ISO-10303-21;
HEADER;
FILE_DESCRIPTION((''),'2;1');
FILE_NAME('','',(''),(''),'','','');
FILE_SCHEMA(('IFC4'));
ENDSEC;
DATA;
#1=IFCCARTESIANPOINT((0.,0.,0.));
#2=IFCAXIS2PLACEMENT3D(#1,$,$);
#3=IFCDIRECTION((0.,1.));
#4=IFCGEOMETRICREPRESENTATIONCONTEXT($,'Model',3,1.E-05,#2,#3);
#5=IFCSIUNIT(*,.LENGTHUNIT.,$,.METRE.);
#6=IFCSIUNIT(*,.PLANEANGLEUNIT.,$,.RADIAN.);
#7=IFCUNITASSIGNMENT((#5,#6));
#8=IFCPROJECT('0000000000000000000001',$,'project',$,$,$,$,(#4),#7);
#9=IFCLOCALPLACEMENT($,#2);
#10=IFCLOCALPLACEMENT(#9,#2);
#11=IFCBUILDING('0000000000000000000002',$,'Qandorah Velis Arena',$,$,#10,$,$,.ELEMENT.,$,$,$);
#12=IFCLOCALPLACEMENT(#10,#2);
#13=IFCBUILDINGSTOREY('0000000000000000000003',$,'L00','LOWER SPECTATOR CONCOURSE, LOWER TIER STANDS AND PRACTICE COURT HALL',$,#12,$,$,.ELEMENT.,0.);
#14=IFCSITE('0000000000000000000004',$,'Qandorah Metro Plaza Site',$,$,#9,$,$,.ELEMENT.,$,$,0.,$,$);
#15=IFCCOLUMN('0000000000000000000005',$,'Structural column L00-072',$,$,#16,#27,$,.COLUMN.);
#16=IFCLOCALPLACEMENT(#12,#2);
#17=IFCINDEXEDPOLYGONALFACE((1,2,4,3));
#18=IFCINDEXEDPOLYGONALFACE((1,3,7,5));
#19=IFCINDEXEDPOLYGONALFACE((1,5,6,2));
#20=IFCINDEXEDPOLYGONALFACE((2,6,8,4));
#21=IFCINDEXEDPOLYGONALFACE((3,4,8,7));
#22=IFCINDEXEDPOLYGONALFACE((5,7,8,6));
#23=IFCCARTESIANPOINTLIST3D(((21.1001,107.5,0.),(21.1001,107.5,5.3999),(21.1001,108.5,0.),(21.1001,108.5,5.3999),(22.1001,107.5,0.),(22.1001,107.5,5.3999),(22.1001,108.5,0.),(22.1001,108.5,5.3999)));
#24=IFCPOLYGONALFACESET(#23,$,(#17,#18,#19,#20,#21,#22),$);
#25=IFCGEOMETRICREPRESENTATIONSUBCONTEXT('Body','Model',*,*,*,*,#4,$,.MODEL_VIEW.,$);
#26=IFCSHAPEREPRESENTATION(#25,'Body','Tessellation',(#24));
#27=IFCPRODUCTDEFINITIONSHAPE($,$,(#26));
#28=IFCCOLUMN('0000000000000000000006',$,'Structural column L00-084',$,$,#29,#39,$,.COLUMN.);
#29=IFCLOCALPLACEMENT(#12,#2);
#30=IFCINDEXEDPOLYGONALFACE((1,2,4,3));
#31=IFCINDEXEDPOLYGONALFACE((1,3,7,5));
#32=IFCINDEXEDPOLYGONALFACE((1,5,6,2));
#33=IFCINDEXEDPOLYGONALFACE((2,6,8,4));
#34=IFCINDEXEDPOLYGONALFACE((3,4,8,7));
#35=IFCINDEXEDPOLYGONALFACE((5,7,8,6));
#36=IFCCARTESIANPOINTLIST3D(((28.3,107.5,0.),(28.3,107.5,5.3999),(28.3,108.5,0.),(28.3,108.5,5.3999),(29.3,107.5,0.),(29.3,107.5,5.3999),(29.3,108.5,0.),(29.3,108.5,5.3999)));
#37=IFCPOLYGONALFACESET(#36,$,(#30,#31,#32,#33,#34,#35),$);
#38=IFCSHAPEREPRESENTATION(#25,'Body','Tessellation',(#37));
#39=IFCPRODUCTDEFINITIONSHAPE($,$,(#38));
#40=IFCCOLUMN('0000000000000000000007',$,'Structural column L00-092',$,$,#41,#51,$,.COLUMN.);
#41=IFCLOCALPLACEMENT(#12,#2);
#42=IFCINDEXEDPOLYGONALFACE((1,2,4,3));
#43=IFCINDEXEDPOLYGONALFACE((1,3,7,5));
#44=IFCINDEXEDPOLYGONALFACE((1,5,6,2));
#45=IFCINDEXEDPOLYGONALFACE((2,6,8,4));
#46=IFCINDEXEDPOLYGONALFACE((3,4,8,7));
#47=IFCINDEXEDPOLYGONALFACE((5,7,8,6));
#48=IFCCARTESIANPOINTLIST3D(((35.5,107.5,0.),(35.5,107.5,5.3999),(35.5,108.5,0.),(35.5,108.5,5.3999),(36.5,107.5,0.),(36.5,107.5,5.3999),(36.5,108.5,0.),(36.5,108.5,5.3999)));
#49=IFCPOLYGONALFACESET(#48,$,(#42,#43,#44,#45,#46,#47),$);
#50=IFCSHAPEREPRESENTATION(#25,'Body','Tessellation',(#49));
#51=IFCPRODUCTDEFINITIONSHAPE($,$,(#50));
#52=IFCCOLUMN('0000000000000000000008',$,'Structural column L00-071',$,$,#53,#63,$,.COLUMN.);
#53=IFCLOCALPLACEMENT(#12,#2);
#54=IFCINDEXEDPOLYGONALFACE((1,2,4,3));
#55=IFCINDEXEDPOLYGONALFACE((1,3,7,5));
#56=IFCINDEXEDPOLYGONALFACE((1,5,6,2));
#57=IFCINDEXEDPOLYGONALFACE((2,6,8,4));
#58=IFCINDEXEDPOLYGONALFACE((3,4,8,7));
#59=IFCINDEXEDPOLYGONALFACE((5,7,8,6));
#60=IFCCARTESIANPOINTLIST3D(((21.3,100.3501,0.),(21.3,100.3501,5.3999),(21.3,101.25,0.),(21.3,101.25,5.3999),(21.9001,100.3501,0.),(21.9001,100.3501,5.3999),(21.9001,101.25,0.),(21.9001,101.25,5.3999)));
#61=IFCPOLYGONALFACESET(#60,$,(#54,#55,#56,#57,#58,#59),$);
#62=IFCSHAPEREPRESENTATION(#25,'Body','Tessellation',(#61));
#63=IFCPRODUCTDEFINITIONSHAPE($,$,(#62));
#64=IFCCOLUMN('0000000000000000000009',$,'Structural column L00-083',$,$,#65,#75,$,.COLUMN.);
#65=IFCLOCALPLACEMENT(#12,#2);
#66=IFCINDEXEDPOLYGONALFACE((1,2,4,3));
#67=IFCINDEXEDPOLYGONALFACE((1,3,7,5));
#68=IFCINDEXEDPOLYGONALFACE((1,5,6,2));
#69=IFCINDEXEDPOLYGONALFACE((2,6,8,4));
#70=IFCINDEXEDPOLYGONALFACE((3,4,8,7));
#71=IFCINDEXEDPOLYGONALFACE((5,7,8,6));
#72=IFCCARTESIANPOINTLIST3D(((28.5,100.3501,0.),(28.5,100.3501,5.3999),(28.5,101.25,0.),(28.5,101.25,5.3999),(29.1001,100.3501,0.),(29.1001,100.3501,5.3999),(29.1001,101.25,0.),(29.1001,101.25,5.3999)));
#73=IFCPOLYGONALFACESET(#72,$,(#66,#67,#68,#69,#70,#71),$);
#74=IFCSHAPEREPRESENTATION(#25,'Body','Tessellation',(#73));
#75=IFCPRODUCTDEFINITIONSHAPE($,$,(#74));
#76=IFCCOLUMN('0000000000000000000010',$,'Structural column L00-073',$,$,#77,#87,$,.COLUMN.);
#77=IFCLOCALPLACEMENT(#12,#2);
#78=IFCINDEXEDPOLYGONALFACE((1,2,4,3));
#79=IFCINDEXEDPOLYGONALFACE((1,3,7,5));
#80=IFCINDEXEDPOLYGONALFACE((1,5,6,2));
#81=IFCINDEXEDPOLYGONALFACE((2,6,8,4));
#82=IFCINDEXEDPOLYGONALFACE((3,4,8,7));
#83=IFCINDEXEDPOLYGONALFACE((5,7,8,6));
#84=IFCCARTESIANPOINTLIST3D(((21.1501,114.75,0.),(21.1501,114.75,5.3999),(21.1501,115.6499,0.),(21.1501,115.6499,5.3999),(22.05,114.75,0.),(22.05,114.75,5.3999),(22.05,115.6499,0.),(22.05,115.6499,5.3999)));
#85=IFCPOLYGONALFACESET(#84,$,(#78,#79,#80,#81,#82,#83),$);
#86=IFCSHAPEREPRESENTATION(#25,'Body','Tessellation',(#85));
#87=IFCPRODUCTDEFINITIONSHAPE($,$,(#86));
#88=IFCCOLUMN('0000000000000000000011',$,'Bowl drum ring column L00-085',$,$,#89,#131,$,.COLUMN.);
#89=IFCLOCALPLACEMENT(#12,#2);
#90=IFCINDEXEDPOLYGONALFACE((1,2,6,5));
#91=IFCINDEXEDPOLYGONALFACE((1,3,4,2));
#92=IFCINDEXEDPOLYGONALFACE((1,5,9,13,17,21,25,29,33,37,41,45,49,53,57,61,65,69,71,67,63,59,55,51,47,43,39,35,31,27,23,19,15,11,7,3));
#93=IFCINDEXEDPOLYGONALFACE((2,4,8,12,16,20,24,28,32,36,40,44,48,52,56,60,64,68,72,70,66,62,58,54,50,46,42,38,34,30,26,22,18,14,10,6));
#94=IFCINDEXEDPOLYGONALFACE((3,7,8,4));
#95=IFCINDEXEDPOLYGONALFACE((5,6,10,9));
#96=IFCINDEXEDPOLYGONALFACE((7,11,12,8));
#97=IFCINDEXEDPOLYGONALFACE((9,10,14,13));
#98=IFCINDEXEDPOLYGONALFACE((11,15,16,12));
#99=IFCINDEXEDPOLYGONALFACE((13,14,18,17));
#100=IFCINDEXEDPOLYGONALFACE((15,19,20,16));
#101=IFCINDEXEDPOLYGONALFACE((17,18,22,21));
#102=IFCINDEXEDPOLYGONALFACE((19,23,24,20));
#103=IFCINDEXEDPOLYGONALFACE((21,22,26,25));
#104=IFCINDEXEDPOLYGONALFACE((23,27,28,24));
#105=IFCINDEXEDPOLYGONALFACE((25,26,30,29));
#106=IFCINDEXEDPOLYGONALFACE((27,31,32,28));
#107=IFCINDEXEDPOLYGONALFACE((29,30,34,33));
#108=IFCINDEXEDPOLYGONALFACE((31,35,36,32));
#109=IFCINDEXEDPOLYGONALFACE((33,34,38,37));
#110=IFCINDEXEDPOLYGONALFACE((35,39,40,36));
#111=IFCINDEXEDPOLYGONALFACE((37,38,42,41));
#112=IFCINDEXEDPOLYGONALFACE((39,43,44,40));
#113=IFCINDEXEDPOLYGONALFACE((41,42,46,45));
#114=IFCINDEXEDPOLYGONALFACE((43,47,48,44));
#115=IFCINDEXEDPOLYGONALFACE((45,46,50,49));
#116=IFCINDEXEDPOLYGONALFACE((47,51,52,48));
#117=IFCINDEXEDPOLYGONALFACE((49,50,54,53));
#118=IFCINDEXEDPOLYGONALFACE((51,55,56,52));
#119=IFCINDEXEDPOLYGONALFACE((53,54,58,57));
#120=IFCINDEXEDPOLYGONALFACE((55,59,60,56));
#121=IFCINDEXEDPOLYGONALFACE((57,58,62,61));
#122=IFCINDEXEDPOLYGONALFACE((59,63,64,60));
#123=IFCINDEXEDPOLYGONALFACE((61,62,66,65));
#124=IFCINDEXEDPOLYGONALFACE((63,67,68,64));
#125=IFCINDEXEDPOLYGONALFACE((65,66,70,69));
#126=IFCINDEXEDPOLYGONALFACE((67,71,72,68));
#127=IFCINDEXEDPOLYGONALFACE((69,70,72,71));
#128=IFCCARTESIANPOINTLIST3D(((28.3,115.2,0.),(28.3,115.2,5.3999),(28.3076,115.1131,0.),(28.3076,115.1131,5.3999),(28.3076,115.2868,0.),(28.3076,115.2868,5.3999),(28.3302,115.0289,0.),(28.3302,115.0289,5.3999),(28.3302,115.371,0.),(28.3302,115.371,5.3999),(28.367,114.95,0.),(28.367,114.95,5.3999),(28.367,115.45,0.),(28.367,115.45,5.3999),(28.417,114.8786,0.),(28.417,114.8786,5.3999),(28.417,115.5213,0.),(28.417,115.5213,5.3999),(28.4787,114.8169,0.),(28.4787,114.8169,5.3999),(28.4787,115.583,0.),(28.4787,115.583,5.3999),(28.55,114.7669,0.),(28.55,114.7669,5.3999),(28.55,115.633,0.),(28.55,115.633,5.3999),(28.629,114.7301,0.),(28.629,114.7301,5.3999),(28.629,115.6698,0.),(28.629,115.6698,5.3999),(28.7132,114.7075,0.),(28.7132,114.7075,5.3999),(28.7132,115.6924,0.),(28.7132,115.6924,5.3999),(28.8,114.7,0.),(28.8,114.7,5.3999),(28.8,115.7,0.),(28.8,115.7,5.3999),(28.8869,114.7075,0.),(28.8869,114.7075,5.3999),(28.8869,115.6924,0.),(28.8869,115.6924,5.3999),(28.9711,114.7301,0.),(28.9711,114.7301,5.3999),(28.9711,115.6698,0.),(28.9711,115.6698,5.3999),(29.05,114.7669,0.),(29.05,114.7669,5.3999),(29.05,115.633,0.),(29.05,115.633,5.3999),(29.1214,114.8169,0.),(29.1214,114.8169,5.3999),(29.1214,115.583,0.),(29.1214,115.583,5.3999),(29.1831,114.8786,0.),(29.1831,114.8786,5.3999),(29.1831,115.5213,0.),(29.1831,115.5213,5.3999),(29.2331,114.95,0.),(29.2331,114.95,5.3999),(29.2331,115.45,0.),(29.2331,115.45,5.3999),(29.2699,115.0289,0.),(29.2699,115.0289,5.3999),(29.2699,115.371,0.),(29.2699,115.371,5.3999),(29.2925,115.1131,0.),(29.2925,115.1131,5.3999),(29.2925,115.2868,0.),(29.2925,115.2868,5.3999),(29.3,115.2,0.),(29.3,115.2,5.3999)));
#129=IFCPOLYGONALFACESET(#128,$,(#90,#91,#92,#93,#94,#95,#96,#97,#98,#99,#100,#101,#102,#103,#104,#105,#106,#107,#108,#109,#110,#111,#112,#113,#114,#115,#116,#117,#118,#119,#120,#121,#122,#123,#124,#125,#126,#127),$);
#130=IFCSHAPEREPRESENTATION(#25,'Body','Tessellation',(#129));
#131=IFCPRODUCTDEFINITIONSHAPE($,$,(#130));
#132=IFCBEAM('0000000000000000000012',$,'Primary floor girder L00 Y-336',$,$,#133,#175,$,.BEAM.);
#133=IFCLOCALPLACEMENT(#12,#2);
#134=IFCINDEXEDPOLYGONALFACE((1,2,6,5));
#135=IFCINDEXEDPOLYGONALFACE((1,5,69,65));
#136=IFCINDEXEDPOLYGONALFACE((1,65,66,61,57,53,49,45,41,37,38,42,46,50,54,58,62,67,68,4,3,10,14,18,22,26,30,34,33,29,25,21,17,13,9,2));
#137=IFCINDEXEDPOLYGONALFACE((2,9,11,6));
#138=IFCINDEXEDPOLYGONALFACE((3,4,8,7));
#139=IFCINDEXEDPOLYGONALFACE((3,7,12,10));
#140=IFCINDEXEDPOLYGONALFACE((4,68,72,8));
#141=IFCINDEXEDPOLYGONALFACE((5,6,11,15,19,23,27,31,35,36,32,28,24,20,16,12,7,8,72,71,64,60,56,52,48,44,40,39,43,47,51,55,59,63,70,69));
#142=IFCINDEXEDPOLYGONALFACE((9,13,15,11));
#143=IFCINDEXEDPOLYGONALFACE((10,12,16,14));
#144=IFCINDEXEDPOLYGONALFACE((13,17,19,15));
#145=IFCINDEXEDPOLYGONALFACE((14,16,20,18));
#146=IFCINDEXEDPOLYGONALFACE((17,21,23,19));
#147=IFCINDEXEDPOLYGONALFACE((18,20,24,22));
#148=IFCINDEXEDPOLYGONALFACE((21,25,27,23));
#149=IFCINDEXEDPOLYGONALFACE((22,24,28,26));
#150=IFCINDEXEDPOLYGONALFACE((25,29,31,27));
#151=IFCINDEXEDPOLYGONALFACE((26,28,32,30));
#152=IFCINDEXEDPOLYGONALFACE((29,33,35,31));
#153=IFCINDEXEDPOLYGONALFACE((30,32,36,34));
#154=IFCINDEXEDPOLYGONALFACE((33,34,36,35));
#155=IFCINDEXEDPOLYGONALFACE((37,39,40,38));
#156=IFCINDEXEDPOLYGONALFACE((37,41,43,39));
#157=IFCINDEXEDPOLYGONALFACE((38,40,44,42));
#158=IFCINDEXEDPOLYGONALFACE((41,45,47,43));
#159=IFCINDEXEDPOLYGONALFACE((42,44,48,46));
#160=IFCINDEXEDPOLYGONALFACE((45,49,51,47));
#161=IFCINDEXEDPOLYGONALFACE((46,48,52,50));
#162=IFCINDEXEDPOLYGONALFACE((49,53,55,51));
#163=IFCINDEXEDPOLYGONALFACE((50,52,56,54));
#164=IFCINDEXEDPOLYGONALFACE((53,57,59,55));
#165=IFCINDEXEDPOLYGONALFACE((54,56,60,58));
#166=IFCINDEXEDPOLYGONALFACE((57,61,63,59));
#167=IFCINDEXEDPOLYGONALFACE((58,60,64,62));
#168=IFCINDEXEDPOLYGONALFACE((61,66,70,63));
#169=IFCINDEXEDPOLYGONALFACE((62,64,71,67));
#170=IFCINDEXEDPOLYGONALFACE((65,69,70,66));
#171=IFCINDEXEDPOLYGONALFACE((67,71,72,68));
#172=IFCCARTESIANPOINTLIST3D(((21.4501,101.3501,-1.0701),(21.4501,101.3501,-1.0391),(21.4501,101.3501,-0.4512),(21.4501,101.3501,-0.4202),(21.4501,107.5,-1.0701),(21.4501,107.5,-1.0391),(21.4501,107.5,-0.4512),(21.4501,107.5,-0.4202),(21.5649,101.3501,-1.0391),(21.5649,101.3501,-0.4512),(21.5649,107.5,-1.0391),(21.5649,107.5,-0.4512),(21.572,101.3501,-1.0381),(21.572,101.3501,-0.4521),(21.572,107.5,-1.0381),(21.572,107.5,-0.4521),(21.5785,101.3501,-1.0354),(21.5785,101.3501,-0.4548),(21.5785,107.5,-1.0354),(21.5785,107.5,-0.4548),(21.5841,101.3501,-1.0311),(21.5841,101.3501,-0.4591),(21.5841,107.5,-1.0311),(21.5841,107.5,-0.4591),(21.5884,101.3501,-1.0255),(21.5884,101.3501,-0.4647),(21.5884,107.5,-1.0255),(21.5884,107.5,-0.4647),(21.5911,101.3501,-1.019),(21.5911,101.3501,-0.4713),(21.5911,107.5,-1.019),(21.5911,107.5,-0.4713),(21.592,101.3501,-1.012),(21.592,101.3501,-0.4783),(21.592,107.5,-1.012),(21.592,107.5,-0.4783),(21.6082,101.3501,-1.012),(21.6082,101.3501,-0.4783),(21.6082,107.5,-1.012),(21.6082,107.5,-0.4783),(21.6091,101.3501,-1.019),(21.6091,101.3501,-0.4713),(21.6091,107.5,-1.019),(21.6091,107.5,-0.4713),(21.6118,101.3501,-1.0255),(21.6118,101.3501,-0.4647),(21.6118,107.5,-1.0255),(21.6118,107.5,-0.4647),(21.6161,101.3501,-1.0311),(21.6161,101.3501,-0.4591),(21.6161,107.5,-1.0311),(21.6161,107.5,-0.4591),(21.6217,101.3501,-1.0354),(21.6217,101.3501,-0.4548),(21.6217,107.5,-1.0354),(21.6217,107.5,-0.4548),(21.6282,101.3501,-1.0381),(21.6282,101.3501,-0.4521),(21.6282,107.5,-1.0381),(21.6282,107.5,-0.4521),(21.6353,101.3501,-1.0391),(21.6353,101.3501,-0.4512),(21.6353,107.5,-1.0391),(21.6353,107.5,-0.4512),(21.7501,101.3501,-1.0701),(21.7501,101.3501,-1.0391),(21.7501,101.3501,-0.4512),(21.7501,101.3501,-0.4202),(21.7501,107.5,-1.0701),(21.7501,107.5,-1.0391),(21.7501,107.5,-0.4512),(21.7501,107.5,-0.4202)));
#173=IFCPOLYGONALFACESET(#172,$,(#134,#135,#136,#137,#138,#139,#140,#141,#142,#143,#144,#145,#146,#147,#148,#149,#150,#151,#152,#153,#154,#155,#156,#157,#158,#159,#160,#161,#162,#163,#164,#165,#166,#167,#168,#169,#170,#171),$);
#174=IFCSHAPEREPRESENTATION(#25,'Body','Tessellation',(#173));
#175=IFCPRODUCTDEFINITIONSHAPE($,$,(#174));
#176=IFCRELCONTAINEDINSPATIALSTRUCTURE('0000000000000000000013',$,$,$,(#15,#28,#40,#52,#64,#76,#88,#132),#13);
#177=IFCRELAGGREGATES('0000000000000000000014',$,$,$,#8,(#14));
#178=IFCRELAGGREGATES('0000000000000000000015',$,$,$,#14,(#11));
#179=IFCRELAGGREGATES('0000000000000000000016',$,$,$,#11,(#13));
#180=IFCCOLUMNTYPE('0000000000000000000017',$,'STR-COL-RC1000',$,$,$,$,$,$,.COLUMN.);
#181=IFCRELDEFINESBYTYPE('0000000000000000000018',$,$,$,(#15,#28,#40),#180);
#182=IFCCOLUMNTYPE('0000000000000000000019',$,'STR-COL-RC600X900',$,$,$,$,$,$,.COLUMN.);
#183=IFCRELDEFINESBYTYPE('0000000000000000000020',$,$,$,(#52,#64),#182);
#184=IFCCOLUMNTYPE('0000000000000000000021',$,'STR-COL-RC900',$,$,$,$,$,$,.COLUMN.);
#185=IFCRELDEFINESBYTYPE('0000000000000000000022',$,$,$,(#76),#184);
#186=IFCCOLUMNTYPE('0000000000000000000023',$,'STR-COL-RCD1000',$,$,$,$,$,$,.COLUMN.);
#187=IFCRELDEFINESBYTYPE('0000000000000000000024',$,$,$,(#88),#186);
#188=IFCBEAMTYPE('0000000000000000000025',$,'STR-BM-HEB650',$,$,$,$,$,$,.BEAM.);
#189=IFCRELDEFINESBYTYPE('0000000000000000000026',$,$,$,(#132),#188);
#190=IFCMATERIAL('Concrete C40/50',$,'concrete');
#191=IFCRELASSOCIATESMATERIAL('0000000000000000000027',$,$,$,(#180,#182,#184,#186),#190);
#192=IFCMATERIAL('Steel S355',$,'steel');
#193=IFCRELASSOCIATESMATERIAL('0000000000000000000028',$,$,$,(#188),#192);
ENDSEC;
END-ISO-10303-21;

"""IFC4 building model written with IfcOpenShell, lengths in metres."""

from ifc_helpers import new_model, si_unit, direction, frame, origin, origin_2d, place, context, subcontext, project, spatial, rectangle, circle, i_section, extrude, material, material_profile, profile_set, type_object, element, save


model = new_model("IFC4")

# Units and contexts
model_context = context("Model", 3, precision=1e-05, world=origin(), true_north=direction((0.0, 1.0)))
body_context = subcontext(model_context, "Body", "Model", "MODEL_VIEW")
ifc_project = project(units=[si_unit("LENGTHUNIT", "METRE"), si_unit("PLANEANGLEUNIT", "RADIAN")], contexts=[model_context])

# Site, building, storey
site_placement = place(None, origin())
site = spatial("IfcSite", under=ifc_project, at=site_placement, Name="Qandorah Metro Plaza Site", CompositionType="ELEMENT", RefElevation=0.0)
building_placement = place(site_placement, origin())
building = spatial("IfcBuilding", under=site, at=building_placement, Name="Qandorah Velis Arena", CompositionType="ELEMENT")
storey_placement = place(building_placement, origin())
storey = spatial("IfcBuildingStorey", under=building, at=storey_placement, Name="L00", Description="LOWER SPECTATOR CONCOURSE, LOWER TIER STANDS AND PRACTICE COURT HALL", CompositionType="ELEMENT", Elevation=0.0)

# Columns
ifc_material_1 = material(Name="Concrete C40/50", Category="concrete")
ifc_material_profile_1 = material_profile(ifc_material_1, rectangle(XDim=1.0, YDim=1.0, at=origin_2d()), Name="RC COL 1000x1000")
ifc_profile_set_1 = profile_set([ifc_material_profile_1], Name="Concrete C40/50")
column_type_1 = type_object("IfcColumnType", Name="STR-COL-RC1000", PredefinedType="COLUMN", material=ifc_profile_set_1)
for number, where, z_axis, x_axis, name in (
    (1, (21.6001, 108.0, 0.0), (0.0, 0.0, 1.0), (1.0, 0.0, 0.0), "Structural column L00-072"),
    (2, (28.8, 108.0, 0.0), (0.0, 0.0, 1.0), (1.0, 0.0, 0.0), "Structural column L00-084"),
    (3, (36.0, 108.0, 0.0), (0.0, 0.0, 1.0), (1.0, 0.0, 0.0), "Structural column L00-092"),
):
    element("IfcColumn", number, at=place(storey_placement, frame(where, z_axis=z_axis, x_axis=x_axis)), inside=storey, type_object=column_type_1, Name=name, PredefinedType="COLUMN", context=body_context, shape_type="SweptSolid", body=[
        extrude(rectangle(XDim=1.0, YDim=1.0, at=origin_2d()), origin(), (0.0, 0.0, 1.0), 5.3999),
    ])
ifc_material_profile_2 = material_profile(ifc_material_1, rectangle(XDim=0.6001, YDim=0.8999, at=origin_2d()), Name="RC COL 600x900")
ifc_profile_set_2 = profile_set([ifc_material_profile_2], Name="Concrete C40/50")
column_type_2 = type_object("IfcColumnType", Name="STR-COL-RC600X900", PredefinedType="COLUMN", material=ifc_profile_set_2)
for number, where, z_axis, x_axis, name in (
    (4, (21.6001, 100.8, 0.0), (0.0, 0.0, 1.0), (1.0, 0.0, 0.0), "Structural column L00-071"),
    (5, (28.8, 100.8, 0.0), (0.0, 0.0, 1.0), (1.0, 0.0, 0.0), "Structural column L00-083"),
):
    element("IfcColumn", number, at=place(storey_placement, frame(where, z_axis=z_axis, x_axis=x_axis)), inside=storey, type_object=column_type_2, Name=name, PredefinedType="COLUMN", context=body_context, shape_type="SweptSolid", body=[
        extrude(rectangle(XDim=0.6001, YDim=0.8999, at=origin_2d()), origin(), (0.0, 0.0, 1.0), 5.3999),
    ])
ifc_material_profile_3 = material_profile(ifc_material_1, rectangle(XDim=0.8999, YDim=0.8999, at=origin_2d()), Name="RC COL 900x900")
ifc_profile_set_3 = profile_set([ifc_material_profile_3], Name="Concrete C40/50")
column_type_3 = type_object("IfcColumnType", Name="STR-COL-RC900", PredefinedType="COLUMN", material=ifc_profile_set_3)
column_1_placement = place(storey_placement, frame((21.6001, 115.2, 0.0), z_axis=(0.0, 0.0, 1.0), x_axis=(1.0, 0.0, 0.0)))
element("IfcColumn", 6, at=column_1_placement, inside=storey, type_object=column_type_3, Name="Structural column L00-073", PredefinedType="COLUMN", context=body_context, shape_type="SweptSolid", body=[
    extrude(rectangle(XDim=0.8999, YDim=0.8999, at=origin_2d()), origin(), (0.0, 0.0, 1.0), 5.3999),
])
ifc_material_profile_4 = material_profile(ifc_material_1, circle(Radius=0.5, at=origin_2d()), Name="RC D1000")
ifc_profile_set_4 = profile_set([ifc_material_profile_4], Name="Concrete C40/50")
column_type_4 = type_object("IfcColumnType", Name="STR-COL-RCD1000", PredefinedType="COLUMN", material=ifc_profile_set_4)
column_2_placement = place(storey_placement, frame((28.8, 115.2, 0.0), z_axis=(0.0, 0.0, 1.0), x_axis=(1.0, 0.0, 0.0)))
element("IfcColumn", 7, at=column_2_placement, inside=storey, type_object=column_type_4, Name="Bowl drum ring column L00-085", PredefinedType="COLUMN", context=body_context, shape_type="SweptSolid", body=[
    extrude(circle(Radius=0.5, at=origin_2d()), origin(), (0.0, 0.0, 1.0), 5.3999),
])

# Beam
ifc_material_2 = material(Name="Steel S355", Category="steel")
ifc_material_profile_5 = material_profile(ifc_material_2, i_section(OverallWidth=0.3, OverallDepth=0.6499, WebThickness=0.0161, FlangeThickness=0.031, FilletRadius=0.0271, at=origin_2d()), Name="HEB 650")
ifc_profile_set_5 = profile_set([ifc_material_profile_5], Name="Steel S355")
beam_type_1 = type_object("IfcBeamType", Name="STR-BM-HEB650", PredefinedType="BEAM", material=ifc_profile_set_5)
beam_1_placement = place(storey_placement, frame((21.6001, 101.3501, -0.7451), z_axis=(0.0, 1.0, 0.0), x_axis=(-1.0, 0.0, 0.0)))
element("IfcBeam", 8, at=beam_1_placement, inside=storey, type_object=beam_type_1, Name="Primary floor girder L00 Y-336", PredefinedType="BEAM", context=body_context, shape_type="SweptSolid", body=[
    extrude(i_section(OverallWidth=0.3, OverallDepth=0.6499, WebThickness=0.0161, FlangeThickness=0.031, FilletRadius=0.0271, at=origin_2d()), origin(), (0.0, 0.0, 1.0), 6.1499),
])

save(model, "model.ifc")
